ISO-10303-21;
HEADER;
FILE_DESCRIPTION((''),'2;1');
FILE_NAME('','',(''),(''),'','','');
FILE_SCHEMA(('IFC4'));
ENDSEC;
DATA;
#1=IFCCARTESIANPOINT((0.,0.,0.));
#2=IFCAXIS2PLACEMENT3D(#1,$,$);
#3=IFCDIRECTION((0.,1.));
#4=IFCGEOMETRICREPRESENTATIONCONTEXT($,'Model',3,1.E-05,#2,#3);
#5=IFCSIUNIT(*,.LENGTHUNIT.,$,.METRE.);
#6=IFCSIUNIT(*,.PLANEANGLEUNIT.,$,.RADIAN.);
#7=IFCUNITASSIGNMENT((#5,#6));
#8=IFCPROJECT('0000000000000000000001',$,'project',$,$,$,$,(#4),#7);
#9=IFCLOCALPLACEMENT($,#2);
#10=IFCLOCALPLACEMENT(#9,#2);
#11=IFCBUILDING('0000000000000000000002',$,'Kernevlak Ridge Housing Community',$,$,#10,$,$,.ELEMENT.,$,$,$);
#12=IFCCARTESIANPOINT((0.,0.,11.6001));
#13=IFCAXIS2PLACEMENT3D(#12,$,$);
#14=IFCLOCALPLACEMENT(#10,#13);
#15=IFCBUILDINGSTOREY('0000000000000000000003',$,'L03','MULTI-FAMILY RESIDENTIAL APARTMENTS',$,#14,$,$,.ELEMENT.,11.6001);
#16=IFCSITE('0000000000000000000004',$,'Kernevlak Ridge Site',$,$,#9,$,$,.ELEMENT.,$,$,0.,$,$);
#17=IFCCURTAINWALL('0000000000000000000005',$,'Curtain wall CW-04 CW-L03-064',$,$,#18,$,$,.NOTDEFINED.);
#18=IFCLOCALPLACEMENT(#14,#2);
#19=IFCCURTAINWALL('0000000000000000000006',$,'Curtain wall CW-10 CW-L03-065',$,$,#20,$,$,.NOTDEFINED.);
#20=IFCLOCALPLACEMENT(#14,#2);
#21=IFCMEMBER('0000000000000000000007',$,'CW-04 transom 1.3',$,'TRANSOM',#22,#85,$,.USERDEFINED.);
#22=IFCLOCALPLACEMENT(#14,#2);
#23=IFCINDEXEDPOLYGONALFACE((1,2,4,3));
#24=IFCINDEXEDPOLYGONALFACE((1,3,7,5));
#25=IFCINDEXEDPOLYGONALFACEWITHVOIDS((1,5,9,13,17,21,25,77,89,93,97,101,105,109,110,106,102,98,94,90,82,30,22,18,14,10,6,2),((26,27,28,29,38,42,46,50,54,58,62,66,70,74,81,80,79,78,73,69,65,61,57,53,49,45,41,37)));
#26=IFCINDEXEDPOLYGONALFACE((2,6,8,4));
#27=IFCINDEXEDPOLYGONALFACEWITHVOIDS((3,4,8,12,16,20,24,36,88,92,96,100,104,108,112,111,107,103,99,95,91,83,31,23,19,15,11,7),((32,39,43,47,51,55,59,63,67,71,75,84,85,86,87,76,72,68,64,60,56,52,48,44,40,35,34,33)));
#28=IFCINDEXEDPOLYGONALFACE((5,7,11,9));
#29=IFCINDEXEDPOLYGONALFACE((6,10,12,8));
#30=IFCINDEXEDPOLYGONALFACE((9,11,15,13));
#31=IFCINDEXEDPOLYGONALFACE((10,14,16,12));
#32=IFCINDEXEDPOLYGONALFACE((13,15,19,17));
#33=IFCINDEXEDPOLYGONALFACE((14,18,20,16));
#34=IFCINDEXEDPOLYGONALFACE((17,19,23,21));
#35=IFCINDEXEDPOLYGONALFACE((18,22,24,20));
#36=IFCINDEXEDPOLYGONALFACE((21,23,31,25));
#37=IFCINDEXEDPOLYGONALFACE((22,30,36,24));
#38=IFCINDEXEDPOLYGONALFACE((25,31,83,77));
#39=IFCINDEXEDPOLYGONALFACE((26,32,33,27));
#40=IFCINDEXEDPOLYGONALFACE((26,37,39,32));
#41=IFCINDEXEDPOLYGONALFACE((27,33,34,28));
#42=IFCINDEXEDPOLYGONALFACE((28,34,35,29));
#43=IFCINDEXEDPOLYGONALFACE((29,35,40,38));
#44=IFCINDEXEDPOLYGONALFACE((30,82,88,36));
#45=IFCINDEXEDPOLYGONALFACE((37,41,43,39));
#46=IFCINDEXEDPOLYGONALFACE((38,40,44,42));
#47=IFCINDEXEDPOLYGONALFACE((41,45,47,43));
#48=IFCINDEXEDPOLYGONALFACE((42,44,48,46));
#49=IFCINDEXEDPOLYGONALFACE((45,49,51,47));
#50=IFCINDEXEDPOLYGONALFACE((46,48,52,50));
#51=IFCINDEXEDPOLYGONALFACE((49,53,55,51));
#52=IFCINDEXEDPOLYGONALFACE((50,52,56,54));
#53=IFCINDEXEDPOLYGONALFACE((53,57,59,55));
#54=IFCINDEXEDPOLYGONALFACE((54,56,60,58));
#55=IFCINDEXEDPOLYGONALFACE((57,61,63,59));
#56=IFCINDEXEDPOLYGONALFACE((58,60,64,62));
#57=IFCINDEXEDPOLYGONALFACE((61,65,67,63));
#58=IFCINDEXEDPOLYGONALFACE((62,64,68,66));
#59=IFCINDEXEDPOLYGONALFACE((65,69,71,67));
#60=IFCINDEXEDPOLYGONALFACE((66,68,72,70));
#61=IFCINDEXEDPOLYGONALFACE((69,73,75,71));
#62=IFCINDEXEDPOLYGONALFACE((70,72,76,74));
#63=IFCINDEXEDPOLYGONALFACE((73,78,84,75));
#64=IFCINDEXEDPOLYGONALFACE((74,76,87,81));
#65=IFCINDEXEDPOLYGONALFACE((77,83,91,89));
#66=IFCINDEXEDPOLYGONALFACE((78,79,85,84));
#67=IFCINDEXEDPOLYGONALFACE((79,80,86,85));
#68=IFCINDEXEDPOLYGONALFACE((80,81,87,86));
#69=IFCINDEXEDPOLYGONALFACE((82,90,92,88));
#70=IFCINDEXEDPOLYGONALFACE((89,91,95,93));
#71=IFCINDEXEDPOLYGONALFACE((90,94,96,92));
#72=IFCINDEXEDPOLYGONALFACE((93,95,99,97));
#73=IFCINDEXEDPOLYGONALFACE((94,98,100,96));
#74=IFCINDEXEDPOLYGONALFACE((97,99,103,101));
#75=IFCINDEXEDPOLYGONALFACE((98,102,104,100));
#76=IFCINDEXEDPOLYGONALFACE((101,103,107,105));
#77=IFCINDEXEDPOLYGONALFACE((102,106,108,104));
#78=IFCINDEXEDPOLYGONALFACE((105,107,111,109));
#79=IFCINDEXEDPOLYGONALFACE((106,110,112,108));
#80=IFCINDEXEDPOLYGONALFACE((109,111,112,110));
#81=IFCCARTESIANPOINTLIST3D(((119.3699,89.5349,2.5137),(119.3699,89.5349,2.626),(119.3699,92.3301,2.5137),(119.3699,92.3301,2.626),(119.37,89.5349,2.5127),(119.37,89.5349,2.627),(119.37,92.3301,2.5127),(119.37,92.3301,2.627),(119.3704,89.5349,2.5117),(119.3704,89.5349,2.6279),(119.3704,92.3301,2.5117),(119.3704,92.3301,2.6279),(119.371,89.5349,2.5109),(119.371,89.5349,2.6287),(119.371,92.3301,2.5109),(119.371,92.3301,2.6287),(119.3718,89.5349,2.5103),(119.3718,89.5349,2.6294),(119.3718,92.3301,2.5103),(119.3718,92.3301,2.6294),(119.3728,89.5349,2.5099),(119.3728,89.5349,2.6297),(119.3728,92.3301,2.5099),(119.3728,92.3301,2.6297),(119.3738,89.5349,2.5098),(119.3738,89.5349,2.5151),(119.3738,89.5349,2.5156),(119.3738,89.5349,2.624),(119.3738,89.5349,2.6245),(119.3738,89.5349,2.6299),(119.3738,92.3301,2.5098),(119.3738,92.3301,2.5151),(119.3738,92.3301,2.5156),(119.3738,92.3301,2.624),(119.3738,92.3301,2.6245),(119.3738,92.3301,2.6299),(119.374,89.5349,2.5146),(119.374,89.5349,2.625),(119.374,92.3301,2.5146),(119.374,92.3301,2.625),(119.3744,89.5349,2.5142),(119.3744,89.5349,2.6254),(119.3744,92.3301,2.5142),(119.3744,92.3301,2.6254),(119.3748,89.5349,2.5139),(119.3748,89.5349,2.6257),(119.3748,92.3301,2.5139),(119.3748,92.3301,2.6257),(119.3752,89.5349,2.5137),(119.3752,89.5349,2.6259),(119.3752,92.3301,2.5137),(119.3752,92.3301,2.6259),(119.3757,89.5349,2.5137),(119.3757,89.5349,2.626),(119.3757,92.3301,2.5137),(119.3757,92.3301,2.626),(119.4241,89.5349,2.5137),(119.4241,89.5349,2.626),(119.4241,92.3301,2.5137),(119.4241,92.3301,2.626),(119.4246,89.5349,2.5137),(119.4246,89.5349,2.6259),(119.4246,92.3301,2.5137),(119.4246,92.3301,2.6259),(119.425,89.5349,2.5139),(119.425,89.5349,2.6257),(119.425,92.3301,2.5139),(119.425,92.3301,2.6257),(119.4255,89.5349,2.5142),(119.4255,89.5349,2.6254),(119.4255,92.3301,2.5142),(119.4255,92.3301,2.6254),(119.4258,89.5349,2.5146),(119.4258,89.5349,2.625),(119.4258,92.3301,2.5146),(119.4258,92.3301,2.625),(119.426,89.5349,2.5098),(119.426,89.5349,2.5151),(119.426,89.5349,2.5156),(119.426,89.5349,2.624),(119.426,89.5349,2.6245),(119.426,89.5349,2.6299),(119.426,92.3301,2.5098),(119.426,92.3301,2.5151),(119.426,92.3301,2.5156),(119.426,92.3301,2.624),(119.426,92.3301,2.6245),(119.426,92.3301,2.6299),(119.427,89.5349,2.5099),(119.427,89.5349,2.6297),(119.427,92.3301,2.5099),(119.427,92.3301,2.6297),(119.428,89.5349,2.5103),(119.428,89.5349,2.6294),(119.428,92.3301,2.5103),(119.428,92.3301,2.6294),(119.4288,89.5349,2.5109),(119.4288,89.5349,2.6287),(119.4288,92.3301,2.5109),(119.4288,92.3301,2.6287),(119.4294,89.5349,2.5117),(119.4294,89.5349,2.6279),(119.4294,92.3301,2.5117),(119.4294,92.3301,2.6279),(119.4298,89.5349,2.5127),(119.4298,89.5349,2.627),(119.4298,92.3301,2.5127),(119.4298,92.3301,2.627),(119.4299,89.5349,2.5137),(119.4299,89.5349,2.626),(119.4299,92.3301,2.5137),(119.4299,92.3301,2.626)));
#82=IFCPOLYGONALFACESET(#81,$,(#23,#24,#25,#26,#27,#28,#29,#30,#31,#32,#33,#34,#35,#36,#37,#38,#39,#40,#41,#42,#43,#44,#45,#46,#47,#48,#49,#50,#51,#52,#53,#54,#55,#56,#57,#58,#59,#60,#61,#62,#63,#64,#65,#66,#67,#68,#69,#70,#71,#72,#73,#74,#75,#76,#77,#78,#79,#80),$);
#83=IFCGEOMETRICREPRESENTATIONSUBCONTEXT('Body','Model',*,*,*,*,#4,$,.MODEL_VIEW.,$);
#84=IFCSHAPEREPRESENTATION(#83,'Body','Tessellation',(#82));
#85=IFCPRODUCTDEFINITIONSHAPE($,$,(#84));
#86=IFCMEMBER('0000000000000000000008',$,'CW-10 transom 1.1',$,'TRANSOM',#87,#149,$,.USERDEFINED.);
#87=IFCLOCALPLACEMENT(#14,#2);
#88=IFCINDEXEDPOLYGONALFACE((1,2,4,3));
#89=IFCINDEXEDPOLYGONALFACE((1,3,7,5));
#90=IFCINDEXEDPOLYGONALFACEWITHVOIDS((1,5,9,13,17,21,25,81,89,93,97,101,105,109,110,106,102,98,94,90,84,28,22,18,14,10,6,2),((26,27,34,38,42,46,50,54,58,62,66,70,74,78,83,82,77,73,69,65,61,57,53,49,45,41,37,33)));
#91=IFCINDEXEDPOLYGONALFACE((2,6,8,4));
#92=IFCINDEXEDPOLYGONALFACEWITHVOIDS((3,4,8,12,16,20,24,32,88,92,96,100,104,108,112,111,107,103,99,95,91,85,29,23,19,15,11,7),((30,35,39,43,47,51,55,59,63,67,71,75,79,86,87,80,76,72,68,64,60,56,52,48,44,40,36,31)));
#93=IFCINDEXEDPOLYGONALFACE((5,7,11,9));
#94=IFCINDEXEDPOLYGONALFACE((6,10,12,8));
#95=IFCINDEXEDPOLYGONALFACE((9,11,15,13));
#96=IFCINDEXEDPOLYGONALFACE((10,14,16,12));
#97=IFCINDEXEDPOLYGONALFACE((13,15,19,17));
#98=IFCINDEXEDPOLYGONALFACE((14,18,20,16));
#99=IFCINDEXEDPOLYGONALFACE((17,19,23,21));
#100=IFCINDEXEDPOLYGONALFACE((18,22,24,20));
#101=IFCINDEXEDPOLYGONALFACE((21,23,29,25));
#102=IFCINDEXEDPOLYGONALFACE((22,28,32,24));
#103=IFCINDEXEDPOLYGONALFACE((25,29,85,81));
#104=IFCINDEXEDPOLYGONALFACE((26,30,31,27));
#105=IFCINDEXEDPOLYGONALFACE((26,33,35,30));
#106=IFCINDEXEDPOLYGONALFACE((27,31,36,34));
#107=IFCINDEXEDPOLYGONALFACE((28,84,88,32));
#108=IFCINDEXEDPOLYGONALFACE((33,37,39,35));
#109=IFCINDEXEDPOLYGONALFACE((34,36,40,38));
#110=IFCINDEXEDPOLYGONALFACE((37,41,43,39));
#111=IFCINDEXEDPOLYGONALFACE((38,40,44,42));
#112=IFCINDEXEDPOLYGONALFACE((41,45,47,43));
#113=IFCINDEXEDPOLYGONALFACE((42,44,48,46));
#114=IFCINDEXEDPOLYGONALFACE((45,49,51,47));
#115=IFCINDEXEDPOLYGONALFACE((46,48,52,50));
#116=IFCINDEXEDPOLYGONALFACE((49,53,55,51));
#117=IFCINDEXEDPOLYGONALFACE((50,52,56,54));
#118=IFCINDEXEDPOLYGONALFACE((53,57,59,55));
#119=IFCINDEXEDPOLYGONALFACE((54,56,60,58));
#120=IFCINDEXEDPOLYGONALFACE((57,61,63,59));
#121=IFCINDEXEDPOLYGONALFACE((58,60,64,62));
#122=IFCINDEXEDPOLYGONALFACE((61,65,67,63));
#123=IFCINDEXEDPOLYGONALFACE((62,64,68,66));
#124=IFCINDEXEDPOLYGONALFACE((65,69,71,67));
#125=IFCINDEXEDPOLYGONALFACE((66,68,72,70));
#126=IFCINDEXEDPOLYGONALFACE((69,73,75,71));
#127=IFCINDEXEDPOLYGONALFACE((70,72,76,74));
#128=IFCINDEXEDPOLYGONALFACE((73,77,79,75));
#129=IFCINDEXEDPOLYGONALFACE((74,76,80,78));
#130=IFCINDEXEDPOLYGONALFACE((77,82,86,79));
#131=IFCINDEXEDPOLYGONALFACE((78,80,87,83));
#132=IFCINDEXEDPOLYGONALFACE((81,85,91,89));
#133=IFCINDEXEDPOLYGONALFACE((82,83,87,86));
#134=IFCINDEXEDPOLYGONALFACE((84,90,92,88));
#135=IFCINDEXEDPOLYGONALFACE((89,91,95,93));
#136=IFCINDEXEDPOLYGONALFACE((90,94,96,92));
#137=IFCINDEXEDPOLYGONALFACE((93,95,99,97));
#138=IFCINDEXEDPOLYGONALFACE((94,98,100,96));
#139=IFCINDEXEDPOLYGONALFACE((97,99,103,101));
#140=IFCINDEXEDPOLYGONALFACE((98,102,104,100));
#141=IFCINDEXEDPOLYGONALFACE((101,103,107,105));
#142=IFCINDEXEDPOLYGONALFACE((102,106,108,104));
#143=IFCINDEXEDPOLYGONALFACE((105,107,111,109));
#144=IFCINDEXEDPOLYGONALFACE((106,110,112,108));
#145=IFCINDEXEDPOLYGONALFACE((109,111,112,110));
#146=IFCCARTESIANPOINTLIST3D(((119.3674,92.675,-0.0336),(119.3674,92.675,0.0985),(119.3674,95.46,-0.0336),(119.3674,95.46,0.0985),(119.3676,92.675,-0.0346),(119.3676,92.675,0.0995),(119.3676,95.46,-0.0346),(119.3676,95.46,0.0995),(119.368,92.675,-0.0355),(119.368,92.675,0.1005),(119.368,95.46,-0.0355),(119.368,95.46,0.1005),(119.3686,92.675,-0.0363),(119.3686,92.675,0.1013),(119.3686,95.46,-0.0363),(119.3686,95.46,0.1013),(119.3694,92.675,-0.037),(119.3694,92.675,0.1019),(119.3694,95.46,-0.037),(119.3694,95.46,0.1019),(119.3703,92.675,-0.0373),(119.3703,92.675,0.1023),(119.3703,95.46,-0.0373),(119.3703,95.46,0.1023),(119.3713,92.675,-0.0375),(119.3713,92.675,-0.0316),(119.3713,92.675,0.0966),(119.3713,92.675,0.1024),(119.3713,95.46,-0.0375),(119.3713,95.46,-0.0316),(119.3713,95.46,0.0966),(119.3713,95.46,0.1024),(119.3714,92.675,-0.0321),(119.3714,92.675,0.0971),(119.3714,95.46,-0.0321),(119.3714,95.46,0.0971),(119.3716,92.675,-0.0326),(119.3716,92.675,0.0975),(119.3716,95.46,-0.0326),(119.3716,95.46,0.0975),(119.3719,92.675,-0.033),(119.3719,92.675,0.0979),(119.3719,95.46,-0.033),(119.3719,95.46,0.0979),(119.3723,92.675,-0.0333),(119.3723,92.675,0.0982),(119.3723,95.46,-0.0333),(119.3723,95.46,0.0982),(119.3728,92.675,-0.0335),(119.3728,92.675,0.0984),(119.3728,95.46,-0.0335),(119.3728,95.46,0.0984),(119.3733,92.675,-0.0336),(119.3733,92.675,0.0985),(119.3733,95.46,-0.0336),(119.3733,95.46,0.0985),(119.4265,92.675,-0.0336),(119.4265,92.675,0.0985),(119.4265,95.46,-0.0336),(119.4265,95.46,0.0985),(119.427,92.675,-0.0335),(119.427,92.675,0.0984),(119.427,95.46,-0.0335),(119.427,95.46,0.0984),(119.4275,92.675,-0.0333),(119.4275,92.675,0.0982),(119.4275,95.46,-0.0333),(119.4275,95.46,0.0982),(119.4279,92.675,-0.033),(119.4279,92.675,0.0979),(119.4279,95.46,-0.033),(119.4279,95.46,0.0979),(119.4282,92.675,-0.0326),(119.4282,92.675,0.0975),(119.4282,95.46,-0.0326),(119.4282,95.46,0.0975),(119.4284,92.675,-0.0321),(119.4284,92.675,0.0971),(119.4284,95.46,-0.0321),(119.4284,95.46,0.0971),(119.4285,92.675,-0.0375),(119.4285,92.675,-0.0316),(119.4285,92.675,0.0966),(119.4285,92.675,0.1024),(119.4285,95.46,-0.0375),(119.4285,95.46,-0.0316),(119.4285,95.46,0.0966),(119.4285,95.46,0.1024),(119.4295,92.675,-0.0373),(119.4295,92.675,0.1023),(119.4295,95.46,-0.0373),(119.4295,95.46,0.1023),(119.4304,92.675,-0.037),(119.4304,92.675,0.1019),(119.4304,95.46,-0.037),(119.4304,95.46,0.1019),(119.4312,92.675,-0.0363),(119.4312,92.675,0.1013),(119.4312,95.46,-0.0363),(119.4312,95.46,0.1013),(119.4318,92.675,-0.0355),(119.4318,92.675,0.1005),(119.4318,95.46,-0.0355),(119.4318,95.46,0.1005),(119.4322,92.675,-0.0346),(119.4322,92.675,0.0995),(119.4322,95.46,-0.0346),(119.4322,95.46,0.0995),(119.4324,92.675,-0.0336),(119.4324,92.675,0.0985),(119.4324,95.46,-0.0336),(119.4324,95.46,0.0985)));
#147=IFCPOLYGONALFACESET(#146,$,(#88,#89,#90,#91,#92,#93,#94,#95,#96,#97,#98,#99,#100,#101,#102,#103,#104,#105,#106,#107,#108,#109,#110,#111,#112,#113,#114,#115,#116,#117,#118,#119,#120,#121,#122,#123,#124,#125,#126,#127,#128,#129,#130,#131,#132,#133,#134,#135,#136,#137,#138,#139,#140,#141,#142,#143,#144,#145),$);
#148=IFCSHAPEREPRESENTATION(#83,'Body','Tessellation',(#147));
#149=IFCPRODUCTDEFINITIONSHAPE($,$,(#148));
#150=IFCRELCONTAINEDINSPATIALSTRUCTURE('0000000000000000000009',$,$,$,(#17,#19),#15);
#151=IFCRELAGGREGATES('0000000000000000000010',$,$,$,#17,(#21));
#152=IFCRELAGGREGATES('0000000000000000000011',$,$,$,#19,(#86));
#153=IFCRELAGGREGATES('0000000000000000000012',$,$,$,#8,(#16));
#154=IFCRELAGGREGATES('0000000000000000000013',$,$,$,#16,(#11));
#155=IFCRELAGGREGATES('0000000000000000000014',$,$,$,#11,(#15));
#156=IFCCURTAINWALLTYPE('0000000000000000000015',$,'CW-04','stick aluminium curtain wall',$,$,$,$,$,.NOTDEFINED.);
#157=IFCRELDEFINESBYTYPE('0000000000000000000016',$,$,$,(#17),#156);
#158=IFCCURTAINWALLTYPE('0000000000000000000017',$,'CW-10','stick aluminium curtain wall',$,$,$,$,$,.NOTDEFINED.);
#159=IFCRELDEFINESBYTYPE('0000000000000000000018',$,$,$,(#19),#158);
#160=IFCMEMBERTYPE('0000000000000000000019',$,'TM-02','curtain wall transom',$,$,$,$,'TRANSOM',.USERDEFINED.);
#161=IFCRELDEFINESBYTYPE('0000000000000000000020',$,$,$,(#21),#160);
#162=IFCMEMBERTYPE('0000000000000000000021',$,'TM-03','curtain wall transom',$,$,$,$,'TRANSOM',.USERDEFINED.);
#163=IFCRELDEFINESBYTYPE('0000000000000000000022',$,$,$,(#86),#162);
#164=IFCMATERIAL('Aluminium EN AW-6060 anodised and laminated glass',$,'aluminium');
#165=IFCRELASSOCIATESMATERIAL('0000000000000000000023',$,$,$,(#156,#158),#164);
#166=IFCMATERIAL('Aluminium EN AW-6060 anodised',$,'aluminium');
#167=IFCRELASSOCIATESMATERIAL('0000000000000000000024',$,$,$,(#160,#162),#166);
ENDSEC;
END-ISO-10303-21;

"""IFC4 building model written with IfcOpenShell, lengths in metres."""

from ifc_helpers import new_model, si_unit, direction, frame, origin, origin_2d, place, context, subcontext, project, spatial, hollow_rectangle, extrude, material, material_profile, profile_set, type_object, element, aggregate, save


model = new_model("IFC4")

# Units and contexts
model_context = context("Model", 3, precision=1e-05, world=origin(), true_north=direction((0.0, 1.0)))
body_context = subcontext(model_context, "Body", "Model", "MODEL_VIEW")
ifc_project = project(units=[si_unit("LENGTHUNIT", "METRE"), si_unit("PLANEANGLEUNIT", "RADIAN")], contexts=[model_context])

# Site, building, storey
site_placement = place(None, origin())
site = spatial("IfcSite", under=ifc_project, at=site_placement, Name="Kernevlak Ridge Site", CompositionType="ELEMENT", RefElevation=0.0)
building_placement = place(site_placement, origin())
building = spatial("IfcBuilding", under=site, at=building_placement, Name="Kernevlak Ridge Housing Community", CompositionType="ELEMENT")
storey_placement = place(building_placement, frame((0.0, 0.0, 11.6001)))
storey = spatial("IfcBuildingStorey", under=building, at=storey_placement, Name="L03", Description="MULTI-FAMILY RESIDENTIAL APARTMENTS", CompositionType="ELEMENT", Elevation=11.6001)

# Curtain walls
ifc_material_1 = material(Name="Aluminium EN AW-6060 anodised and laminated glass", Category="aluminium")
curtain_wall_type_1 = type_object("IfcCurtainWallType", Name="CW-04", Description="stick aluminium curtain wall", PredefinedType="NOTDEFINED", material=ifc_material_1)
curtain_wall_1_placement = place(storey_placement, origin())
curtain_wall_1 = element("IfcCurtainWall", 1, at=curtain_wall_1_placement, inside=storey, type_object=curtain_wall_type_1, Name="Curtain wall CW-04 CW-L03-064", PredefinedType="NOTDEFINED")
ifc_material_2 = material(Name="Aluminium EN AW-6060 anodised", Category="aluminium")
curtain_wall_type_2 = type_object("IfcCurtainWallType", Name="CW-10", Description="stick aluminium curtain wall", PredefinedType="NOTDEFINED", material=ifc_material_1)
curtain_wall_2_placement = place(storey_placement, origin())
curtain_wall_2 = element("IfcCurtainWall", 2, at=curtain_wall_2_placement, inside=storey, type_object=curtain_wall_type_2, Name="Curtain wall CW-10 CW-L03-065", PredefinedType="NOTDEFINED")

# Members
ifc_material_profile_1 = material_profile(ifc_material_2, hollow_rectangle(XDim=0.0601, YDim=0.1201, WallThickness=0.0039, InnerFilletRadius=0.002, OuterFilletRadius=0.0039, at=origin_2d()), Name="ALU 60x120x4")
ifc_profile_set_1 = profile_set([ifc_material_profile_1], Name="Aluminium EN AW-6060 anodised")
member_type_1 = type_object("IfcMemberType", Name="TM-02", Description="curtain wall transom", ElementType="TRANSOM", PredefinedType="USERDEFINED", material=ifc_profile_set_1)
member_1_placement = place(storey_placement, frame((119.3999, 89.5349, 2.5698), z_axis=(0.0, 1.0, 0.0), x_axis=(-1.0, 0.0, 0.0)))
member_1 = element("IfcMember", 3, at=member_1_placement, type_object=member_type_1, Name="CW-04 transom 1.3", ObjectType="TRANSOM", PredefinedType="USERDEFINED", context=body_context, shape_type="SweptSolid", body=[
    extrude(hollow_rectangle(XDim=0.0601, YDim=0.1201, WallThickness=0.0039, InnerFilletRadius=0.002, OuterFilletRadius=0.0039, at=origin_2d()), origin(), (0.0, 0.0, 1.0), 2.7952),
])
ifc_material_profile_2 = material_profile(ifc_material_2, hollow_rectangle(XDim=0.0649, YDim=0.1399, WallThickness=0.0039, InnerFilletRadius=0.002, OuterFilletRadius=0.0039, at=origin_2d()), Name="ALU 65x140x4")
ifc_profile_set_2 = profile_set([ifc_material_profile_2], Name="Aluminium EN AW-6060 anodised")
member_type_2 = type_object("IfcMemberType", Name="TM-03", Description="curtain wall transom", ElementType="TRANSOM", PredefinedType="USERDEFINED", material=ifc_profile_set_2)
member_2_placement = place(storey_placement, frame((119.3999, 92.675, 0.0325), z_axis=(0.0, 1.0, 0.0), x_axis=(-1.0, 0.0, 0.0)))
member_2 = element("IfcMember", 4, at=member_2_placement, type_object=member_type_2, Name="CW-10 transom 1.1", ObjectType="TRANSOM", PredefinedType="USERDEFINED", context=body_context, shape_type="SweptSolid", body=[
    extrude(hollow_rectangle(XDim=0.0649, YDim=0.1399, WallThickness=0.0039, InnerFilletRadius=0.002, OuterFilletRadius=0.0039, at=origin_2d()), origin(), (0.0, 0.0, 1.0), 2.7849),
])

aggregate(curtain_wall_1, [member_1])
aggregate(curtain_wall_2, [member_2])

save(model, "model.ifc")
